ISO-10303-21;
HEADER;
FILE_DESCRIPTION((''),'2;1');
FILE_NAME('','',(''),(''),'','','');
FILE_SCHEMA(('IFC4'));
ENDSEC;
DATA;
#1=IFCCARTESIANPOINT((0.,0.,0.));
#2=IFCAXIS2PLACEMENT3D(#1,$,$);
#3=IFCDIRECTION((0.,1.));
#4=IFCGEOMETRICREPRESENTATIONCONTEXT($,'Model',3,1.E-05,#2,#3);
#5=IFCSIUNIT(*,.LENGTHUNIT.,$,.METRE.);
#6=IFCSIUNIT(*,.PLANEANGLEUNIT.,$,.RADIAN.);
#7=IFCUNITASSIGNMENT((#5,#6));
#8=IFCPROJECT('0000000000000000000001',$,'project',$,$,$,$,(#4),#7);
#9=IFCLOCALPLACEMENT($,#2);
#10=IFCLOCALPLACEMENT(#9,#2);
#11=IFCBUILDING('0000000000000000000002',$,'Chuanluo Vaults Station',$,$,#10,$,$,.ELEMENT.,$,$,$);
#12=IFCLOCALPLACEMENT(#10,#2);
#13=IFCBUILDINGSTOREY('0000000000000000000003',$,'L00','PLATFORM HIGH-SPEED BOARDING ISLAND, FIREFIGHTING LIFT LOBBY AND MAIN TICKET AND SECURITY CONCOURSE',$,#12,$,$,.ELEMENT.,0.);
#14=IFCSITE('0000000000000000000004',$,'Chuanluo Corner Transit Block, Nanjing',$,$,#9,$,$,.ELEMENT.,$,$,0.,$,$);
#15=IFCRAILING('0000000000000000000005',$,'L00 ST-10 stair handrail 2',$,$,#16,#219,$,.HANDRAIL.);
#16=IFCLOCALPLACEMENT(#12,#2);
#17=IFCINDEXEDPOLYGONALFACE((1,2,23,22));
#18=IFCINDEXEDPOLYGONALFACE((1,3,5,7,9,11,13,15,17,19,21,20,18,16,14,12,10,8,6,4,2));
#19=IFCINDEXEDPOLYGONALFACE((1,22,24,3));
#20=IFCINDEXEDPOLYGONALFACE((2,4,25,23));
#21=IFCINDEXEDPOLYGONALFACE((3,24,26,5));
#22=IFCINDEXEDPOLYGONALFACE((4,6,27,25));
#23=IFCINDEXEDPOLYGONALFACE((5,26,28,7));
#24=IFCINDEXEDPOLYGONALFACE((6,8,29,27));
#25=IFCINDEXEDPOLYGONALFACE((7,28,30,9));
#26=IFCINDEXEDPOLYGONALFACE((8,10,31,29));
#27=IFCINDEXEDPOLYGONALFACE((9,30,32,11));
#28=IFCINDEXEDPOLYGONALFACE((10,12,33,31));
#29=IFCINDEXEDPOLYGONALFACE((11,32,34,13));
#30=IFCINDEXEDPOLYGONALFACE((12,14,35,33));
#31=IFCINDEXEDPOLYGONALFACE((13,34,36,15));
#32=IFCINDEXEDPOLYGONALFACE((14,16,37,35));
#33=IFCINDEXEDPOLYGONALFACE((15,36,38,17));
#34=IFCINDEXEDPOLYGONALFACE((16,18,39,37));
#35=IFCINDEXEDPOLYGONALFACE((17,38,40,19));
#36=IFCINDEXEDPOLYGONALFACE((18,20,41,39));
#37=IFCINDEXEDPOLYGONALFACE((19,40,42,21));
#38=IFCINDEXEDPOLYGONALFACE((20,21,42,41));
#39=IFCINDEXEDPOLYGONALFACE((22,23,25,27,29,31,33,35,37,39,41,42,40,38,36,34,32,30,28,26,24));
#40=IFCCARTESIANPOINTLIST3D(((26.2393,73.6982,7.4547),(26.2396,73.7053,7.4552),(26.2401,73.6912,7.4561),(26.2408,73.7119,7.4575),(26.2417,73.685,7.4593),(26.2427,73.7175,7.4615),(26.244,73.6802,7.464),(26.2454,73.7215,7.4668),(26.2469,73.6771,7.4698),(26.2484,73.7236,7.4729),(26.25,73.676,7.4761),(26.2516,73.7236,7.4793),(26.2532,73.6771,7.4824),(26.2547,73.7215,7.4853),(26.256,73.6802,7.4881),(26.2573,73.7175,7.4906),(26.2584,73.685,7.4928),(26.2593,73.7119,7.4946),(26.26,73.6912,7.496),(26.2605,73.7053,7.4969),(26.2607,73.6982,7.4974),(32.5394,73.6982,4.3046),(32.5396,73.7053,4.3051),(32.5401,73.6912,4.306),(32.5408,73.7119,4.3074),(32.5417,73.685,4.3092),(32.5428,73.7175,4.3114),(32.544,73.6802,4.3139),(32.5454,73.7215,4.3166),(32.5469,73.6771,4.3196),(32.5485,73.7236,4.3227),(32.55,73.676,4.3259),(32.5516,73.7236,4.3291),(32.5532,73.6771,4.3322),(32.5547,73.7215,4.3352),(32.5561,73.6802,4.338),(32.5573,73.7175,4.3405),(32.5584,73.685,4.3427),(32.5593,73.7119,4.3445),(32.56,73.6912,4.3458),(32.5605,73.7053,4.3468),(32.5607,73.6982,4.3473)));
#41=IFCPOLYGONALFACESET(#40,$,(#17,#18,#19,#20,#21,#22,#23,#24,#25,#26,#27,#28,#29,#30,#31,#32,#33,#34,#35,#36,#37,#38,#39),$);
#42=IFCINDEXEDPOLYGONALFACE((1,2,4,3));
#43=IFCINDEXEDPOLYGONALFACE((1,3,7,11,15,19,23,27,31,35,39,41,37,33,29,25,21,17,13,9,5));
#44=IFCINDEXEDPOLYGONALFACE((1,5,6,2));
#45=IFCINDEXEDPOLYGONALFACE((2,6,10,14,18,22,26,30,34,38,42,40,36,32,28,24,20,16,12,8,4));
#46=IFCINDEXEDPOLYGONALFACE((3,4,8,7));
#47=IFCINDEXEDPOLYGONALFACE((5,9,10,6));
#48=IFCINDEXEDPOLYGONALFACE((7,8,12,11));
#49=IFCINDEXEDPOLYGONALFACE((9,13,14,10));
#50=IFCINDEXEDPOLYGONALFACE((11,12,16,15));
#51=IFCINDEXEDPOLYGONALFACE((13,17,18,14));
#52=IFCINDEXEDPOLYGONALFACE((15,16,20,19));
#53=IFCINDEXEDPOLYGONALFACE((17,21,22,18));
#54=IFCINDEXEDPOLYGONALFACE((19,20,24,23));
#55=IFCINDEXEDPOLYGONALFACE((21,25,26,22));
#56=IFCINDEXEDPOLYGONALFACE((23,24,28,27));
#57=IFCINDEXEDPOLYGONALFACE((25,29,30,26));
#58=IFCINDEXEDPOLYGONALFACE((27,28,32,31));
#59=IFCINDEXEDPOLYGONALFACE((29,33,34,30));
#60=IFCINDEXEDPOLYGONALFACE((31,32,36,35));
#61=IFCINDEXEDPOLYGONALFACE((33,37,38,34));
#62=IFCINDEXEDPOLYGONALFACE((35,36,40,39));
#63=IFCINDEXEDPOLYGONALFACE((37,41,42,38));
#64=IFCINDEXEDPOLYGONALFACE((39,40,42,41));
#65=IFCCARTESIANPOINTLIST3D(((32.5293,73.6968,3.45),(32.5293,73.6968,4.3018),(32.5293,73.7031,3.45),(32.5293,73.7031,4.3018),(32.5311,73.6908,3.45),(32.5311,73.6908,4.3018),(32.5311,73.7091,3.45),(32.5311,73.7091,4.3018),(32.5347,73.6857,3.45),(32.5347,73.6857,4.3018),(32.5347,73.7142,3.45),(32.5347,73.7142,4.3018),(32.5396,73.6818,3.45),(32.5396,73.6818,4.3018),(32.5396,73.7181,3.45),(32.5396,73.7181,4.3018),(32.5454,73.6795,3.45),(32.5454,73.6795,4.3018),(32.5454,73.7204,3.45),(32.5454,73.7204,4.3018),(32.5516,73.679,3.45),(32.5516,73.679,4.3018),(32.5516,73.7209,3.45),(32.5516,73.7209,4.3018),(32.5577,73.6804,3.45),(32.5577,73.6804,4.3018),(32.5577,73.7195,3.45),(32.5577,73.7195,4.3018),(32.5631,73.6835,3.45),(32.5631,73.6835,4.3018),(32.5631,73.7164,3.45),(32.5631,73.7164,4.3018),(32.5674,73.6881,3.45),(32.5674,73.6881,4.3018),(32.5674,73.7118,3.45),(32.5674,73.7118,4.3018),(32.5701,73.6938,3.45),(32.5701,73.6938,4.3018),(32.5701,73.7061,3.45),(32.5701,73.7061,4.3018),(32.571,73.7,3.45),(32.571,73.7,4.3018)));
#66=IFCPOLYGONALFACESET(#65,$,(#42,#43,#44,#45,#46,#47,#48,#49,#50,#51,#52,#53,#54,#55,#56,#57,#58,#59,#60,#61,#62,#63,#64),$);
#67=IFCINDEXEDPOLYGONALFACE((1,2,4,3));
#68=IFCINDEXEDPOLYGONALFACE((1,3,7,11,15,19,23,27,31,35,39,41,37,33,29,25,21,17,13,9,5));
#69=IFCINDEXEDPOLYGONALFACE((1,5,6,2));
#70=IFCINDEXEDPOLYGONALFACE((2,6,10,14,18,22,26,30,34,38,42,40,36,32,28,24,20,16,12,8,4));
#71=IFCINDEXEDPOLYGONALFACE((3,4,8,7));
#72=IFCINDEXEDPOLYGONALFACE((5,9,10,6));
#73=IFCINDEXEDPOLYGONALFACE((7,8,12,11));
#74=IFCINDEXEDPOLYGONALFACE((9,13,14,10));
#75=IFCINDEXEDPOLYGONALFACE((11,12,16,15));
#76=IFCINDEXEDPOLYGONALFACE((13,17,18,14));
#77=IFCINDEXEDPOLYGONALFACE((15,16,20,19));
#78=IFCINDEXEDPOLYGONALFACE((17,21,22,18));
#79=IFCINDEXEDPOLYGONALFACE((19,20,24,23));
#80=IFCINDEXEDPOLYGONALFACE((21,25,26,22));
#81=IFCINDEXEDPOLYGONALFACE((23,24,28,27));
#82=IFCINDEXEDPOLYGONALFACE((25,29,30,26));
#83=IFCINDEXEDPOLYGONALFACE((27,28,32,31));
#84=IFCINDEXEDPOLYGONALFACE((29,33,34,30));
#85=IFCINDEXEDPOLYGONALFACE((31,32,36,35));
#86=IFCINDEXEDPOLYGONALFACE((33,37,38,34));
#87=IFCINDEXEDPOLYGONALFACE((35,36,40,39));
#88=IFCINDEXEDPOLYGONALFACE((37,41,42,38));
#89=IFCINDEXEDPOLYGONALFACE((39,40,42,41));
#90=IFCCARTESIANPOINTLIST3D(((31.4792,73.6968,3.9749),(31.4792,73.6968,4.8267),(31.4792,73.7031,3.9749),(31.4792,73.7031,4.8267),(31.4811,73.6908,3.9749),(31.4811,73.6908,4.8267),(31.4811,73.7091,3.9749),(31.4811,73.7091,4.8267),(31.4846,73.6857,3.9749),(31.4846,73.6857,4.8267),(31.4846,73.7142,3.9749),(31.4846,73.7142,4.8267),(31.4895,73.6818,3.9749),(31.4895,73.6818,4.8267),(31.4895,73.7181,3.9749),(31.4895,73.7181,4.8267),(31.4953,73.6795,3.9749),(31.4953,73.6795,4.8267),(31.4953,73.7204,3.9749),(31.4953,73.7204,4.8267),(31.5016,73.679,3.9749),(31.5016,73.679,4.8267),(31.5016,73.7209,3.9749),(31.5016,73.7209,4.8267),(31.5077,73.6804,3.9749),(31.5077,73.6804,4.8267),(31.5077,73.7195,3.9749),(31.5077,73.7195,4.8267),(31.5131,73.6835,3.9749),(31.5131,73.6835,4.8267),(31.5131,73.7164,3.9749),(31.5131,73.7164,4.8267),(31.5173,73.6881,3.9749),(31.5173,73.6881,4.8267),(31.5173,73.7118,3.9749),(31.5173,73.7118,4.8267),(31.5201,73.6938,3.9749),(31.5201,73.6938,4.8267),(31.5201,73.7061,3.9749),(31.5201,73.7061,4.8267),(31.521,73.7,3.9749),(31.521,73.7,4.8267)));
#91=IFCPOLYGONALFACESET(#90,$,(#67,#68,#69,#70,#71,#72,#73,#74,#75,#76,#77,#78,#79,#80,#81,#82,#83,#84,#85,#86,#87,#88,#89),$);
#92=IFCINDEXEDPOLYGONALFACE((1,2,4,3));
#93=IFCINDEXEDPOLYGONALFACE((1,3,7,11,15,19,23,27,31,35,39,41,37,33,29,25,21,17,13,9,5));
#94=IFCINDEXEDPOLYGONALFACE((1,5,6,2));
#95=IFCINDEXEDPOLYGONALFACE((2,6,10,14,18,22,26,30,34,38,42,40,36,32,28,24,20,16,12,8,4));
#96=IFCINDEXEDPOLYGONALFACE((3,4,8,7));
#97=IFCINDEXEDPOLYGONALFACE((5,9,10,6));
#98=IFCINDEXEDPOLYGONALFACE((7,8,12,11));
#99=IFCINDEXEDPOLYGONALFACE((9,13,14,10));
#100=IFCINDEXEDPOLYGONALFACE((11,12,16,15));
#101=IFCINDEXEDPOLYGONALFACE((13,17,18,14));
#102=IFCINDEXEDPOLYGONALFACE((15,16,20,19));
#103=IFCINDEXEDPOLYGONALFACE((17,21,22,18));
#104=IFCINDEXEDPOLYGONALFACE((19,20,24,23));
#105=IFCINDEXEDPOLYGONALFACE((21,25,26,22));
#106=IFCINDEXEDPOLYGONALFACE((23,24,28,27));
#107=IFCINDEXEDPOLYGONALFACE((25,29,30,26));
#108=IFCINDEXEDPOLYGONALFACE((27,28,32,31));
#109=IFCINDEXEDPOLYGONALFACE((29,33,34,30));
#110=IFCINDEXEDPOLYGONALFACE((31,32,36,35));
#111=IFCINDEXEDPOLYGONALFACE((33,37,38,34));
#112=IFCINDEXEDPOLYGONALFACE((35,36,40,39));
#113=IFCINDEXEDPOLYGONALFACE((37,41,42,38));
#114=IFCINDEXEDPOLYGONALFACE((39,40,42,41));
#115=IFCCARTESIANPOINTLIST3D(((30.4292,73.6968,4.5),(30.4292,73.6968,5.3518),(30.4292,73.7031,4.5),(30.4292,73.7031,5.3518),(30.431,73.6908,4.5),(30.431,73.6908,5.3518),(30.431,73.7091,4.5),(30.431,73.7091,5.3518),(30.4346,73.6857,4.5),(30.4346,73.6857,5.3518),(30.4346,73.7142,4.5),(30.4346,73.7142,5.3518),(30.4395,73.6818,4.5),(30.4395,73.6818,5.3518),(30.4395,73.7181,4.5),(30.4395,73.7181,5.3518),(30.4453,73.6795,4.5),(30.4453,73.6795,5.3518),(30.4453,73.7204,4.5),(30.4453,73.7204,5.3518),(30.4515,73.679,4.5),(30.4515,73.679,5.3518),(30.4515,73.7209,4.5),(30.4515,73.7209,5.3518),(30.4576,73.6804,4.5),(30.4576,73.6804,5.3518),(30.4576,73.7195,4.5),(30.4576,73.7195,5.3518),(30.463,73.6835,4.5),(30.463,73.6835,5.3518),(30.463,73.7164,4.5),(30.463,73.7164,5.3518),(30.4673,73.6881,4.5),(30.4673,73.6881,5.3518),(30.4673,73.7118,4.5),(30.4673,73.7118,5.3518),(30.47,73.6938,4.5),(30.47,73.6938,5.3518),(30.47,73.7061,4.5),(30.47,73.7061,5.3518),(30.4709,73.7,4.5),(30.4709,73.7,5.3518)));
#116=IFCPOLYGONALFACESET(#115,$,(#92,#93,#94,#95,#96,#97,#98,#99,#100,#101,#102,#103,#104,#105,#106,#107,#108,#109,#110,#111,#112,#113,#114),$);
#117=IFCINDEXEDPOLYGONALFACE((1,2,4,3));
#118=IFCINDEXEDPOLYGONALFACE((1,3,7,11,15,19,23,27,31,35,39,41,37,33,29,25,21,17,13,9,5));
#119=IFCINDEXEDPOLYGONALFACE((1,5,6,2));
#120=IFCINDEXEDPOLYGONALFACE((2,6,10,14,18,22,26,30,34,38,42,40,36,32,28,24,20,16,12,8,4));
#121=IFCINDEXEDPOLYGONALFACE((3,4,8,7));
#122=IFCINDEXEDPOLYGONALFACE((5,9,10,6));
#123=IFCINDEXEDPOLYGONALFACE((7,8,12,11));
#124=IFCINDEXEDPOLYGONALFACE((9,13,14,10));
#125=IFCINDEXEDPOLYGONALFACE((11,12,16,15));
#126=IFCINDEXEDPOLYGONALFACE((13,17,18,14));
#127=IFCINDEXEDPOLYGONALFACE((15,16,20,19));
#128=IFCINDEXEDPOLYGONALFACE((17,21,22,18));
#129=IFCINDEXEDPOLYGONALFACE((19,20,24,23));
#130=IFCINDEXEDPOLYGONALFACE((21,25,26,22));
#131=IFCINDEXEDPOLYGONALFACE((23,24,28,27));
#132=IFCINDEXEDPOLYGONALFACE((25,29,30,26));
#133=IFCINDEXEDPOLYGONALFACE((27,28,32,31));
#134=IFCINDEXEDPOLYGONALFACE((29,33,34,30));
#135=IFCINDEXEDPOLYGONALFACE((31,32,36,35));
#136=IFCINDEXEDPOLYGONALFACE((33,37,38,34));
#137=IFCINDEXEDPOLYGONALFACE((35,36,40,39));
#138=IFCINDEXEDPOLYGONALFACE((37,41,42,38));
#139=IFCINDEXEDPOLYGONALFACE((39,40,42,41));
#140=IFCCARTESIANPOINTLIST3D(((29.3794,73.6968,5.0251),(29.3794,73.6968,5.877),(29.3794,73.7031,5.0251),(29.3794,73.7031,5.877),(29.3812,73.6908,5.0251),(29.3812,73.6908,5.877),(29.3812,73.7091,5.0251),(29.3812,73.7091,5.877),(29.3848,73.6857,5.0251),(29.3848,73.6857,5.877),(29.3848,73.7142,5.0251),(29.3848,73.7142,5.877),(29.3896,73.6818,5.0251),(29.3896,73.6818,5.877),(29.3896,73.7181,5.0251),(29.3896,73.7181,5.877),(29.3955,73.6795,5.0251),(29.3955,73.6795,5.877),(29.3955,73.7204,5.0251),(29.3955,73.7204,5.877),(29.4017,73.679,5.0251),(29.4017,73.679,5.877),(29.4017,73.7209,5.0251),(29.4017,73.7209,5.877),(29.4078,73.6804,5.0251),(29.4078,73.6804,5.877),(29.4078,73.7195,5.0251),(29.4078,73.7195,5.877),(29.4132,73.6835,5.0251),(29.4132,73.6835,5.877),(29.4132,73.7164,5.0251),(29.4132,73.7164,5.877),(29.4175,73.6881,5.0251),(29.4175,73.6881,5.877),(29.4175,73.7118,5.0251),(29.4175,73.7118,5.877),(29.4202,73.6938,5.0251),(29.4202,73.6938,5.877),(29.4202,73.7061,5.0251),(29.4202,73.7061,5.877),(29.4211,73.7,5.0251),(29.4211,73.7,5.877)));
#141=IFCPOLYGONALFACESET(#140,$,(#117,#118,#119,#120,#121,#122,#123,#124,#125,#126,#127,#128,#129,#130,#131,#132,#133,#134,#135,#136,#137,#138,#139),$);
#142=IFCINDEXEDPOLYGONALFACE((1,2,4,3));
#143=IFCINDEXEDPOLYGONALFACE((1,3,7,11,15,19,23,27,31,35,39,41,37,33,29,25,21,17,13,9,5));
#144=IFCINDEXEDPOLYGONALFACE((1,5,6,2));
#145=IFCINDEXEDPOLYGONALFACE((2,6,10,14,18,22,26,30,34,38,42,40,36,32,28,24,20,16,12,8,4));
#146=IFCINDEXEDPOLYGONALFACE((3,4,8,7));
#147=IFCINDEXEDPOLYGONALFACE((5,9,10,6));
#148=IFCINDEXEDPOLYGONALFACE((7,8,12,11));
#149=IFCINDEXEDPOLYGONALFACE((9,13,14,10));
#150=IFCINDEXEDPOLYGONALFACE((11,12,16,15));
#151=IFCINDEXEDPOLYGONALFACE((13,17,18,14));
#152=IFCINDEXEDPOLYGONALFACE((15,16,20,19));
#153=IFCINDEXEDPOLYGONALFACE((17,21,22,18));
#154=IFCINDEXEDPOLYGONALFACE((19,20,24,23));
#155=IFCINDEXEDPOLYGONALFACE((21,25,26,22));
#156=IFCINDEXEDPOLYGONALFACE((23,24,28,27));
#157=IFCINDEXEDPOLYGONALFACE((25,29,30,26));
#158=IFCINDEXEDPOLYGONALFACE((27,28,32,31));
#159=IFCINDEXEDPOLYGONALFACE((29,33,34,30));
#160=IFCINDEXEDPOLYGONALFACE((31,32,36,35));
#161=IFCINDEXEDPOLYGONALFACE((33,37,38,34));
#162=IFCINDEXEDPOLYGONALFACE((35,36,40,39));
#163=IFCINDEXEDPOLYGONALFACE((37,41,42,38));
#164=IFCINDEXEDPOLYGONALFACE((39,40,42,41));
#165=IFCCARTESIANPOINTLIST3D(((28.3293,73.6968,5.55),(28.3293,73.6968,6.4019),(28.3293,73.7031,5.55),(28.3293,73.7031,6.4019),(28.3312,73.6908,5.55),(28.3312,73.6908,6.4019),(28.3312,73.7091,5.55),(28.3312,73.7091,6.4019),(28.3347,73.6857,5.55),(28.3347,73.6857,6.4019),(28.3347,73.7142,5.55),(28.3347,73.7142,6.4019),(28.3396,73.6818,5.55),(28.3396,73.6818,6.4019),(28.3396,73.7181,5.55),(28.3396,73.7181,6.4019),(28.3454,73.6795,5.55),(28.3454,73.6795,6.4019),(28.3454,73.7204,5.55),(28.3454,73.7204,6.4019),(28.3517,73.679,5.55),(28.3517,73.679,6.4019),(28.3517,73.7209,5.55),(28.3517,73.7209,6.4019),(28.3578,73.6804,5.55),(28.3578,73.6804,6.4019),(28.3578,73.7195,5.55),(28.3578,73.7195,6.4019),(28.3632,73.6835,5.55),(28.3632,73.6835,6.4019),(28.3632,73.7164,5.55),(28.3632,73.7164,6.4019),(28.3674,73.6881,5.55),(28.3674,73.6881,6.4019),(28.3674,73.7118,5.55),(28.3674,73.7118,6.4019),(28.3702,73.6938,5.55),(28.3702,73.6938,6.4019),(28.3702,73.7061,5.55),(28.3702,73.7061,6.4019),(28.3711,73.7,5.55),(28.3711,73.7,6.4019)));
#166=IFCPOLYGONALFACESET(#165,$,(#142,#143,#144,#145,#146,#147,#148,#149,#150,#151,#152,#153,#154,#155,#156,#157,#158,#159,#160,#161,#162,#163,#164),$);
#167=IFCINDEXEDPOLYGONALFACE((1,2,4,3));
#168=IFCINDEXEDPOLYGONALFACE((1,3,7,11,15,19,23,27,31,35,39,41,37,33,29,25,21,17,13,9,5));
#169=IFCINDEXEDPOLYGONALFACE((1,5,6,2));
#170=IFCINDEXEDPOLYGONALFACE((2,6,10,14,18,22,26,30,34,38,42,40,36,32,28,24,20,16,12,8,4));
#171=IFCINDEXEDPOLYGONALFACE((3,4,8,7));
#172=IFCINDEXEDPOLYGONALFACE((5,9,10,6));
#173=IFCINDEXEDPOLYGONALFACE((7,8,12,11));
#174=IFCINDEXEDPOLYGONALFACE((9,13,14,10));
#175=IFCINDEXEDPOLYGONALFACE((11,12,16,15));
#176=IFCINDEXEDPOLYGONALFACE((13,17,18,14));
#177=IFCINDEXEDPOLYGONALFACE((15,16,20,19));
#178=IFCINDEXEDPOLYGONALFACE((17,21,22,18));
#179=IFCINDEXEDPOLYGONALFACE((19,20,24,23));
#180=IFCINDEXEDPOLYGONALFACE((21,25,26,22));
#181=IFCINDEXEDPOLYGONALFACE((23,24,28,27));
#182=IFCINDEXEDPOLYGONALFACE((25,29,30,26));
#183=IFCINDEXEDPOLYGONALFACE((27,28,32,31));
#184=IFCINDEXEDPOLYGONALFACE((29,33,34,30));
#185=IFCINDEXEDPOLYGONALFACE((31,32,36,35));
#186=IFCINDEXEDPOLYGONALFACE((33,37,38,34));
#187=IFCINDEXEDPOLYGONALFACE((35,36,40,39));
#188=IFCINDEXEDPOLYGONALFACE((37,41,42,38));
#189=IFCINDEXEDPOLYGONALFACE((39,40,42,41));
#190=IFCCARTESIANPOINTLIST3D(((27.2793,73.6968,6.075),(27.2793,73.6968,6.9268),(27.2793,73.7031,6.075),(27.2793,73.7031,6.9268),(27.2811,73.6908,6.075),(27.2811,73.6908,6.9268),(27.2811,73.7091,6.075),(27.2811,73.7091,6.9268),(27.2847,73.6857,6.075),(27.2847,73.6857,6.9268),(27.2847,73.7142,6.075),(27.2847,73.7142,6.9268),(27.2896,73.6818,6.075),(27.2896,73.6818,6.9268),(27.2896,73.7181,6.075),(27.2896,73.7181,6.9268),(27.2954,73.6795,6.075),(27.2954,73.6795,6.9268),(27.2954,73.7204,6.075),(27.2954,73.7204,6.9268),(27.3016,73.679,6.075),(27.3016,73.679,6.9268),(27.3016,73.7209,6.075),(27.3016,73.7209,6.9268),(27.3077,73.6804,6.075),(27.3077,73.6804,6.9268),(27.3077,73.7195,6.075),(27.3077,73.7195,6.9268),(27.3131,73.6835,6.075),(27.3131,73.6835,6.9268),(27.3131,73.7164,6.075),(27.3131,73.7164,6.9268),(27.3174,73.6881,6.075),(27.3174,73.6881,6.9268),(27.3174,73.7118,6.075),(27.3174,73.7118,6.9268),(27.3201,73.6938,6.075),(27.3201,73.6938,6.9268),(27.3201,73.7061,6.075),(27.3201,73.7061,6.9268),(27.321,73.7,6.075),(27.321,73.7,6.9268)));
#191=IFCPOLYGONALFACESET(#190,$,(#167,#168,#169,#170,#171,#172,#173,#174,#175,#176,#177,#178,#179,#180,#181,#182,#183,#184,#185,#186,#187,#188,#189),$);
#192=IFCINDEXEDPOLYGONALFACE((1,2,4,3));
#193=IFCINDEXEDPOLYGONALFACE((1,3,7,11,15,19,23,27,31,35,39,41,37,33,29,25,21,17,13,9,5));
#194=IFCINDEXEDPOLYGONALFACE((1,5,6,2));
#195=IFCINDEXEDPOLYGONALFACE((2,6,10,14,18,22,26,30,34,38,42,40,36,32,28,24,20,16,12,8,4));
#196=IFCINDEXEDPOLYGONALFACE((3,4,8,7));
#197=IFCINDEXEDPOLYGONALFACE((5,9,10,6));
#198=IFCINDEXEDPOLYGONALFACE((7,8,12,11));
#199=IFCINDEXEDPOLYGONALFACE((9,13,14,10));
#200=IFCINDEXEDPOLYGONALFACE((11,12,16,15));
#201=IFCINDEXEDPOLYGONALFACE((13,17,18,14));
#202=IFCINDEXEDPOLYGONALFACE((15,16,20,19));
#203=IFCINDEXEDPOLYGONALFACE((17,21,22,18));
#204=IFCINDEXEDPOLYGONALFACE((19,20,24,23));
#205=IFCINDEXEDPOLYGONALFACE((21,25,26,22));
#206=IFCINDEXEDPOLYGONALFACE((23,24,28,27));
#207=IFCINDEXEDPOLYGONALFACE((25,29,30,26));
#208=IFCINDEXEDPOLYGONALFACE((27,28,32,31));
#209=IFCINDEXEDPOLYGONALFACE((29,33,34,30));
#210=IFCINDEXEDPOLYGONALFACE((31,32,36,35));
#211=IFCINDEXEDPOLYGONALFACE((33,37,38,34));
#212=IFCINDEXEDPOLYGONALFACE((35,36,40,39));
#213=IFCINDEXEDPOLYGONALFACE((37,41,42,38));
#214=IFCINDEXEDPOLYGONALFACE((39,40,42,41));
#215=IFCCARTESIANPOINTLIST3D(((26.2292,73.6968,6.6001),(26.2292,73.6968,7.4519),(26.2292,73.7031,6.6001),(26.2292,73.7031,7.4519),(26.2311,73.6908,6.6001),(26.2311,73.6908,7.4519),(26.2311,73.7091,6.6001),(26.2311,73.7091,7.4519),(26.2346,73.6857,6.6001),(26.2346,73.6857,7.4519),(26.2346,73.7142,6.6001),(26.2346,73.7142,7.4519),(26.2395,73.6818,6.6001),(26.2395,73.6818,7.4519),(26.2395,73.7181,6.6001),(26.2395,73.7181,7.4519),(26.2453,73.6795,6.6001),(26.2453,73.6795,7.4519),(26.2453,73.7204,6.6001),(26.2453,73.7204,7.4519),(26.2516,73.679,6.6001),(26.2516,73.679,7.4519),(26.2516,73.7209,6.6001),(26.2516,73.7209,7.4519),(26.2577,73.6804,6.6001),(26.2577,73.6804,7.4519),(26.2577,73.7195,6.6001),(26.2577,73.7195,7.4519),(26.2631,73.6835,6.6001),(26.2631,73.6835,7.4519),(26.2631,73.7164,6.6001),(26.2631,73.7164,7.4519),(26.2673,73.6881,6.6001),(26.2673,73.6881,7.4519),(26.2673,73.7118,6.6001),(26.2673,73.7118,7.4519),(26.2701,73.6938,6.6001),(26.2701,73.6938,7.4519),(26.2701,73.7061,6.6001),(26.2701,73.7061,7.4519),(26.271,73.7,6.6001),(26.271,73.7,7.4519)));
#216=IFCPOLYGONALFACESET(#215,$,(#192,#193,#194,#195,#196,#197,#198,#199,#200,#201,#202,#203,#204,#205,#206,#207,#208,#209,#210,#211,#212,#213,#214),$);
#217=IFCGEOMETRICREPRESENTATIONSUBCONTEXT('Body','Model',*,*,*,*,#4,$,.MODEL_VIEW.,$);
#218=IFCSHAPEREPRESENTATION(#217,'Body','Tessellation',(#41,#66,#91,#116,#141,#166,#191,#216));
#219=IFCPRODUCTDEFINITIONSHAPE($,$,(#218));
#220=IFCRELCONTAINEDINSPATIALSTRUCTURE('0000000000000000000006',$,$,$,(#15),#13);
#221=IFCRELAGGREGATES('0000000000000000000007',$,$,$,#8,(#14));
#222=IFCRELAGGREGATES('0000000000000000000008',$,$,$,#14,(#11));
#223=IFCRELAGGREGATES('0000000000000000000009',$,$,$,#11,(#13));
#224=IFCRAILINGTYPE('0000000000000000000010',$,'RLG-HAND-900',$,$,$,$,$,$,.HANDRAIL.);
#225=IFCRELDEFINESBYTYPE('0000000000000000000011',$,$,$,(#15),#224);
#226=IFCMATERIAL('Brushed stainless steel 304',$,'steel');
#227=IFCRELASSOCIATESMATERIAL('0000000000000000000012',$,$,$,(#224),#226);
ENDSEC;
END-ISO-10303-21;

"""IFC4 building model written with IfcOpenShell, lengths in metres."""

from ifc_helpers import new_model, si_unit, direction, frame, origin, origin_2d, place, context, subcontext, project, spatial, circle, extrude, material, type_object, element, save


model = new_model("IFC4")

# Units and contexts
model_context = context("Model", 3, precision=1e-05, world=origin(), true_north=direction((0.0, 1.0)))
body_context = subcontext(model_context, "Body", "Model", "MODEL_VIEW")
ifc_project = project(units=[si_unit("LENGTHUNIT", "METRE"), si_unit("PLANEANGLEUNIT", "RADIAN")], contexts=[model_context])

# Site, building, storey
site_placement = place(None, origin())
site = spatial("IfcSite", under=ifc_project, at=site_placement, Name="Chuanluo Corner Transit Block, Nanjing", CompositionType="ELEMENT", RefElevation=0.0)
building_placement = place(site_placement, origin())
building = spatial("IfcBuilding", under=site, at=building_placement, Name="Chuanluo Vaults Station", CompositionType="ELEMENT")
storey_placement = place(building_placement, origin())
storey = spatial("IfcBuildingStorey", under=building, at=storey_placement, Name="L00", Description="PLATFORM HIGH-SPEED BOARDING ISLAND, FIREFIGHTING LIFT LOBBY AND MAIN TICKET AND SECURITY CONCOURSE", CompositionType="ELEMENT", Elevation=0.0)

# Railing
ifc_material_1 = material(Name="Brushed stainless steel 304", Category="steel")
railing_type_1 = type_object("IfcRailingType", Name="RLG-HAND-900", PredefinedType="HANDRAIL", material=ifc_material_1)
railing_1_placement = place(storey_placement, frame((32.55, 73.7, 3.45)))
element("IfcRailing", 1, at=railing_1_placement, inside=storey, type_object=railing_type_1, Name="L00 ST-10 stair handrail 2", PredefinedType="HANDRAIL", context=body_context, shape_type="SweptSolid", body=[
    extrude(circle(Radius=0.0239, at=origin_2d()), frame((0.0, 0.0, 0.876), z_axis=(-0.89442, 0.0, 0.447227), x_axis=(0.0, -1.0, 0.0)), (0.0, 0.0, 1.0), 7.0437),
    extrude(circle(Radius=0.021, at=origin_2d()), origin(), (0.0, 0.0, 1.0), 0.8518),
    extrude(circle(Radius=0.021, at=origin_2d()), frame((-1.05, 0.0, 0.5249)), (0.0, 0.0, 1.0), 0.8518),
    extrude(circle(Radius=0.021, at=origin_2d()), frame((-2.1001, 0.0, 1.05)), (0.0, 0.0, 1.0), 0.8518),
    extrude(circle(Radius=0.021, at=origin_2d()), frame((-3.1499, 0.0, 1.5752)), (0.0, 0.0, 1.0), 0.8518),
    extrude(circle(Radius=0.021, at=origin_2d()), frame((-4.2, 0.0, 2.1001)), (0.0, 0.0, 1.0), 0.8518),
    extrude(circle(Radius=0.021, at=origin_2d()), frame((-5.25, 0.0, 2.625)), (0.0, 0.0, 1.0), 0.8518),
    extrude(circle(Radius=0.021, at=origin_2d()), frame((-6.3, 0.0, 3.1501)), (0.0, 0.0, 1.0), 0.8518),
])

save(model, "model.ifc")
